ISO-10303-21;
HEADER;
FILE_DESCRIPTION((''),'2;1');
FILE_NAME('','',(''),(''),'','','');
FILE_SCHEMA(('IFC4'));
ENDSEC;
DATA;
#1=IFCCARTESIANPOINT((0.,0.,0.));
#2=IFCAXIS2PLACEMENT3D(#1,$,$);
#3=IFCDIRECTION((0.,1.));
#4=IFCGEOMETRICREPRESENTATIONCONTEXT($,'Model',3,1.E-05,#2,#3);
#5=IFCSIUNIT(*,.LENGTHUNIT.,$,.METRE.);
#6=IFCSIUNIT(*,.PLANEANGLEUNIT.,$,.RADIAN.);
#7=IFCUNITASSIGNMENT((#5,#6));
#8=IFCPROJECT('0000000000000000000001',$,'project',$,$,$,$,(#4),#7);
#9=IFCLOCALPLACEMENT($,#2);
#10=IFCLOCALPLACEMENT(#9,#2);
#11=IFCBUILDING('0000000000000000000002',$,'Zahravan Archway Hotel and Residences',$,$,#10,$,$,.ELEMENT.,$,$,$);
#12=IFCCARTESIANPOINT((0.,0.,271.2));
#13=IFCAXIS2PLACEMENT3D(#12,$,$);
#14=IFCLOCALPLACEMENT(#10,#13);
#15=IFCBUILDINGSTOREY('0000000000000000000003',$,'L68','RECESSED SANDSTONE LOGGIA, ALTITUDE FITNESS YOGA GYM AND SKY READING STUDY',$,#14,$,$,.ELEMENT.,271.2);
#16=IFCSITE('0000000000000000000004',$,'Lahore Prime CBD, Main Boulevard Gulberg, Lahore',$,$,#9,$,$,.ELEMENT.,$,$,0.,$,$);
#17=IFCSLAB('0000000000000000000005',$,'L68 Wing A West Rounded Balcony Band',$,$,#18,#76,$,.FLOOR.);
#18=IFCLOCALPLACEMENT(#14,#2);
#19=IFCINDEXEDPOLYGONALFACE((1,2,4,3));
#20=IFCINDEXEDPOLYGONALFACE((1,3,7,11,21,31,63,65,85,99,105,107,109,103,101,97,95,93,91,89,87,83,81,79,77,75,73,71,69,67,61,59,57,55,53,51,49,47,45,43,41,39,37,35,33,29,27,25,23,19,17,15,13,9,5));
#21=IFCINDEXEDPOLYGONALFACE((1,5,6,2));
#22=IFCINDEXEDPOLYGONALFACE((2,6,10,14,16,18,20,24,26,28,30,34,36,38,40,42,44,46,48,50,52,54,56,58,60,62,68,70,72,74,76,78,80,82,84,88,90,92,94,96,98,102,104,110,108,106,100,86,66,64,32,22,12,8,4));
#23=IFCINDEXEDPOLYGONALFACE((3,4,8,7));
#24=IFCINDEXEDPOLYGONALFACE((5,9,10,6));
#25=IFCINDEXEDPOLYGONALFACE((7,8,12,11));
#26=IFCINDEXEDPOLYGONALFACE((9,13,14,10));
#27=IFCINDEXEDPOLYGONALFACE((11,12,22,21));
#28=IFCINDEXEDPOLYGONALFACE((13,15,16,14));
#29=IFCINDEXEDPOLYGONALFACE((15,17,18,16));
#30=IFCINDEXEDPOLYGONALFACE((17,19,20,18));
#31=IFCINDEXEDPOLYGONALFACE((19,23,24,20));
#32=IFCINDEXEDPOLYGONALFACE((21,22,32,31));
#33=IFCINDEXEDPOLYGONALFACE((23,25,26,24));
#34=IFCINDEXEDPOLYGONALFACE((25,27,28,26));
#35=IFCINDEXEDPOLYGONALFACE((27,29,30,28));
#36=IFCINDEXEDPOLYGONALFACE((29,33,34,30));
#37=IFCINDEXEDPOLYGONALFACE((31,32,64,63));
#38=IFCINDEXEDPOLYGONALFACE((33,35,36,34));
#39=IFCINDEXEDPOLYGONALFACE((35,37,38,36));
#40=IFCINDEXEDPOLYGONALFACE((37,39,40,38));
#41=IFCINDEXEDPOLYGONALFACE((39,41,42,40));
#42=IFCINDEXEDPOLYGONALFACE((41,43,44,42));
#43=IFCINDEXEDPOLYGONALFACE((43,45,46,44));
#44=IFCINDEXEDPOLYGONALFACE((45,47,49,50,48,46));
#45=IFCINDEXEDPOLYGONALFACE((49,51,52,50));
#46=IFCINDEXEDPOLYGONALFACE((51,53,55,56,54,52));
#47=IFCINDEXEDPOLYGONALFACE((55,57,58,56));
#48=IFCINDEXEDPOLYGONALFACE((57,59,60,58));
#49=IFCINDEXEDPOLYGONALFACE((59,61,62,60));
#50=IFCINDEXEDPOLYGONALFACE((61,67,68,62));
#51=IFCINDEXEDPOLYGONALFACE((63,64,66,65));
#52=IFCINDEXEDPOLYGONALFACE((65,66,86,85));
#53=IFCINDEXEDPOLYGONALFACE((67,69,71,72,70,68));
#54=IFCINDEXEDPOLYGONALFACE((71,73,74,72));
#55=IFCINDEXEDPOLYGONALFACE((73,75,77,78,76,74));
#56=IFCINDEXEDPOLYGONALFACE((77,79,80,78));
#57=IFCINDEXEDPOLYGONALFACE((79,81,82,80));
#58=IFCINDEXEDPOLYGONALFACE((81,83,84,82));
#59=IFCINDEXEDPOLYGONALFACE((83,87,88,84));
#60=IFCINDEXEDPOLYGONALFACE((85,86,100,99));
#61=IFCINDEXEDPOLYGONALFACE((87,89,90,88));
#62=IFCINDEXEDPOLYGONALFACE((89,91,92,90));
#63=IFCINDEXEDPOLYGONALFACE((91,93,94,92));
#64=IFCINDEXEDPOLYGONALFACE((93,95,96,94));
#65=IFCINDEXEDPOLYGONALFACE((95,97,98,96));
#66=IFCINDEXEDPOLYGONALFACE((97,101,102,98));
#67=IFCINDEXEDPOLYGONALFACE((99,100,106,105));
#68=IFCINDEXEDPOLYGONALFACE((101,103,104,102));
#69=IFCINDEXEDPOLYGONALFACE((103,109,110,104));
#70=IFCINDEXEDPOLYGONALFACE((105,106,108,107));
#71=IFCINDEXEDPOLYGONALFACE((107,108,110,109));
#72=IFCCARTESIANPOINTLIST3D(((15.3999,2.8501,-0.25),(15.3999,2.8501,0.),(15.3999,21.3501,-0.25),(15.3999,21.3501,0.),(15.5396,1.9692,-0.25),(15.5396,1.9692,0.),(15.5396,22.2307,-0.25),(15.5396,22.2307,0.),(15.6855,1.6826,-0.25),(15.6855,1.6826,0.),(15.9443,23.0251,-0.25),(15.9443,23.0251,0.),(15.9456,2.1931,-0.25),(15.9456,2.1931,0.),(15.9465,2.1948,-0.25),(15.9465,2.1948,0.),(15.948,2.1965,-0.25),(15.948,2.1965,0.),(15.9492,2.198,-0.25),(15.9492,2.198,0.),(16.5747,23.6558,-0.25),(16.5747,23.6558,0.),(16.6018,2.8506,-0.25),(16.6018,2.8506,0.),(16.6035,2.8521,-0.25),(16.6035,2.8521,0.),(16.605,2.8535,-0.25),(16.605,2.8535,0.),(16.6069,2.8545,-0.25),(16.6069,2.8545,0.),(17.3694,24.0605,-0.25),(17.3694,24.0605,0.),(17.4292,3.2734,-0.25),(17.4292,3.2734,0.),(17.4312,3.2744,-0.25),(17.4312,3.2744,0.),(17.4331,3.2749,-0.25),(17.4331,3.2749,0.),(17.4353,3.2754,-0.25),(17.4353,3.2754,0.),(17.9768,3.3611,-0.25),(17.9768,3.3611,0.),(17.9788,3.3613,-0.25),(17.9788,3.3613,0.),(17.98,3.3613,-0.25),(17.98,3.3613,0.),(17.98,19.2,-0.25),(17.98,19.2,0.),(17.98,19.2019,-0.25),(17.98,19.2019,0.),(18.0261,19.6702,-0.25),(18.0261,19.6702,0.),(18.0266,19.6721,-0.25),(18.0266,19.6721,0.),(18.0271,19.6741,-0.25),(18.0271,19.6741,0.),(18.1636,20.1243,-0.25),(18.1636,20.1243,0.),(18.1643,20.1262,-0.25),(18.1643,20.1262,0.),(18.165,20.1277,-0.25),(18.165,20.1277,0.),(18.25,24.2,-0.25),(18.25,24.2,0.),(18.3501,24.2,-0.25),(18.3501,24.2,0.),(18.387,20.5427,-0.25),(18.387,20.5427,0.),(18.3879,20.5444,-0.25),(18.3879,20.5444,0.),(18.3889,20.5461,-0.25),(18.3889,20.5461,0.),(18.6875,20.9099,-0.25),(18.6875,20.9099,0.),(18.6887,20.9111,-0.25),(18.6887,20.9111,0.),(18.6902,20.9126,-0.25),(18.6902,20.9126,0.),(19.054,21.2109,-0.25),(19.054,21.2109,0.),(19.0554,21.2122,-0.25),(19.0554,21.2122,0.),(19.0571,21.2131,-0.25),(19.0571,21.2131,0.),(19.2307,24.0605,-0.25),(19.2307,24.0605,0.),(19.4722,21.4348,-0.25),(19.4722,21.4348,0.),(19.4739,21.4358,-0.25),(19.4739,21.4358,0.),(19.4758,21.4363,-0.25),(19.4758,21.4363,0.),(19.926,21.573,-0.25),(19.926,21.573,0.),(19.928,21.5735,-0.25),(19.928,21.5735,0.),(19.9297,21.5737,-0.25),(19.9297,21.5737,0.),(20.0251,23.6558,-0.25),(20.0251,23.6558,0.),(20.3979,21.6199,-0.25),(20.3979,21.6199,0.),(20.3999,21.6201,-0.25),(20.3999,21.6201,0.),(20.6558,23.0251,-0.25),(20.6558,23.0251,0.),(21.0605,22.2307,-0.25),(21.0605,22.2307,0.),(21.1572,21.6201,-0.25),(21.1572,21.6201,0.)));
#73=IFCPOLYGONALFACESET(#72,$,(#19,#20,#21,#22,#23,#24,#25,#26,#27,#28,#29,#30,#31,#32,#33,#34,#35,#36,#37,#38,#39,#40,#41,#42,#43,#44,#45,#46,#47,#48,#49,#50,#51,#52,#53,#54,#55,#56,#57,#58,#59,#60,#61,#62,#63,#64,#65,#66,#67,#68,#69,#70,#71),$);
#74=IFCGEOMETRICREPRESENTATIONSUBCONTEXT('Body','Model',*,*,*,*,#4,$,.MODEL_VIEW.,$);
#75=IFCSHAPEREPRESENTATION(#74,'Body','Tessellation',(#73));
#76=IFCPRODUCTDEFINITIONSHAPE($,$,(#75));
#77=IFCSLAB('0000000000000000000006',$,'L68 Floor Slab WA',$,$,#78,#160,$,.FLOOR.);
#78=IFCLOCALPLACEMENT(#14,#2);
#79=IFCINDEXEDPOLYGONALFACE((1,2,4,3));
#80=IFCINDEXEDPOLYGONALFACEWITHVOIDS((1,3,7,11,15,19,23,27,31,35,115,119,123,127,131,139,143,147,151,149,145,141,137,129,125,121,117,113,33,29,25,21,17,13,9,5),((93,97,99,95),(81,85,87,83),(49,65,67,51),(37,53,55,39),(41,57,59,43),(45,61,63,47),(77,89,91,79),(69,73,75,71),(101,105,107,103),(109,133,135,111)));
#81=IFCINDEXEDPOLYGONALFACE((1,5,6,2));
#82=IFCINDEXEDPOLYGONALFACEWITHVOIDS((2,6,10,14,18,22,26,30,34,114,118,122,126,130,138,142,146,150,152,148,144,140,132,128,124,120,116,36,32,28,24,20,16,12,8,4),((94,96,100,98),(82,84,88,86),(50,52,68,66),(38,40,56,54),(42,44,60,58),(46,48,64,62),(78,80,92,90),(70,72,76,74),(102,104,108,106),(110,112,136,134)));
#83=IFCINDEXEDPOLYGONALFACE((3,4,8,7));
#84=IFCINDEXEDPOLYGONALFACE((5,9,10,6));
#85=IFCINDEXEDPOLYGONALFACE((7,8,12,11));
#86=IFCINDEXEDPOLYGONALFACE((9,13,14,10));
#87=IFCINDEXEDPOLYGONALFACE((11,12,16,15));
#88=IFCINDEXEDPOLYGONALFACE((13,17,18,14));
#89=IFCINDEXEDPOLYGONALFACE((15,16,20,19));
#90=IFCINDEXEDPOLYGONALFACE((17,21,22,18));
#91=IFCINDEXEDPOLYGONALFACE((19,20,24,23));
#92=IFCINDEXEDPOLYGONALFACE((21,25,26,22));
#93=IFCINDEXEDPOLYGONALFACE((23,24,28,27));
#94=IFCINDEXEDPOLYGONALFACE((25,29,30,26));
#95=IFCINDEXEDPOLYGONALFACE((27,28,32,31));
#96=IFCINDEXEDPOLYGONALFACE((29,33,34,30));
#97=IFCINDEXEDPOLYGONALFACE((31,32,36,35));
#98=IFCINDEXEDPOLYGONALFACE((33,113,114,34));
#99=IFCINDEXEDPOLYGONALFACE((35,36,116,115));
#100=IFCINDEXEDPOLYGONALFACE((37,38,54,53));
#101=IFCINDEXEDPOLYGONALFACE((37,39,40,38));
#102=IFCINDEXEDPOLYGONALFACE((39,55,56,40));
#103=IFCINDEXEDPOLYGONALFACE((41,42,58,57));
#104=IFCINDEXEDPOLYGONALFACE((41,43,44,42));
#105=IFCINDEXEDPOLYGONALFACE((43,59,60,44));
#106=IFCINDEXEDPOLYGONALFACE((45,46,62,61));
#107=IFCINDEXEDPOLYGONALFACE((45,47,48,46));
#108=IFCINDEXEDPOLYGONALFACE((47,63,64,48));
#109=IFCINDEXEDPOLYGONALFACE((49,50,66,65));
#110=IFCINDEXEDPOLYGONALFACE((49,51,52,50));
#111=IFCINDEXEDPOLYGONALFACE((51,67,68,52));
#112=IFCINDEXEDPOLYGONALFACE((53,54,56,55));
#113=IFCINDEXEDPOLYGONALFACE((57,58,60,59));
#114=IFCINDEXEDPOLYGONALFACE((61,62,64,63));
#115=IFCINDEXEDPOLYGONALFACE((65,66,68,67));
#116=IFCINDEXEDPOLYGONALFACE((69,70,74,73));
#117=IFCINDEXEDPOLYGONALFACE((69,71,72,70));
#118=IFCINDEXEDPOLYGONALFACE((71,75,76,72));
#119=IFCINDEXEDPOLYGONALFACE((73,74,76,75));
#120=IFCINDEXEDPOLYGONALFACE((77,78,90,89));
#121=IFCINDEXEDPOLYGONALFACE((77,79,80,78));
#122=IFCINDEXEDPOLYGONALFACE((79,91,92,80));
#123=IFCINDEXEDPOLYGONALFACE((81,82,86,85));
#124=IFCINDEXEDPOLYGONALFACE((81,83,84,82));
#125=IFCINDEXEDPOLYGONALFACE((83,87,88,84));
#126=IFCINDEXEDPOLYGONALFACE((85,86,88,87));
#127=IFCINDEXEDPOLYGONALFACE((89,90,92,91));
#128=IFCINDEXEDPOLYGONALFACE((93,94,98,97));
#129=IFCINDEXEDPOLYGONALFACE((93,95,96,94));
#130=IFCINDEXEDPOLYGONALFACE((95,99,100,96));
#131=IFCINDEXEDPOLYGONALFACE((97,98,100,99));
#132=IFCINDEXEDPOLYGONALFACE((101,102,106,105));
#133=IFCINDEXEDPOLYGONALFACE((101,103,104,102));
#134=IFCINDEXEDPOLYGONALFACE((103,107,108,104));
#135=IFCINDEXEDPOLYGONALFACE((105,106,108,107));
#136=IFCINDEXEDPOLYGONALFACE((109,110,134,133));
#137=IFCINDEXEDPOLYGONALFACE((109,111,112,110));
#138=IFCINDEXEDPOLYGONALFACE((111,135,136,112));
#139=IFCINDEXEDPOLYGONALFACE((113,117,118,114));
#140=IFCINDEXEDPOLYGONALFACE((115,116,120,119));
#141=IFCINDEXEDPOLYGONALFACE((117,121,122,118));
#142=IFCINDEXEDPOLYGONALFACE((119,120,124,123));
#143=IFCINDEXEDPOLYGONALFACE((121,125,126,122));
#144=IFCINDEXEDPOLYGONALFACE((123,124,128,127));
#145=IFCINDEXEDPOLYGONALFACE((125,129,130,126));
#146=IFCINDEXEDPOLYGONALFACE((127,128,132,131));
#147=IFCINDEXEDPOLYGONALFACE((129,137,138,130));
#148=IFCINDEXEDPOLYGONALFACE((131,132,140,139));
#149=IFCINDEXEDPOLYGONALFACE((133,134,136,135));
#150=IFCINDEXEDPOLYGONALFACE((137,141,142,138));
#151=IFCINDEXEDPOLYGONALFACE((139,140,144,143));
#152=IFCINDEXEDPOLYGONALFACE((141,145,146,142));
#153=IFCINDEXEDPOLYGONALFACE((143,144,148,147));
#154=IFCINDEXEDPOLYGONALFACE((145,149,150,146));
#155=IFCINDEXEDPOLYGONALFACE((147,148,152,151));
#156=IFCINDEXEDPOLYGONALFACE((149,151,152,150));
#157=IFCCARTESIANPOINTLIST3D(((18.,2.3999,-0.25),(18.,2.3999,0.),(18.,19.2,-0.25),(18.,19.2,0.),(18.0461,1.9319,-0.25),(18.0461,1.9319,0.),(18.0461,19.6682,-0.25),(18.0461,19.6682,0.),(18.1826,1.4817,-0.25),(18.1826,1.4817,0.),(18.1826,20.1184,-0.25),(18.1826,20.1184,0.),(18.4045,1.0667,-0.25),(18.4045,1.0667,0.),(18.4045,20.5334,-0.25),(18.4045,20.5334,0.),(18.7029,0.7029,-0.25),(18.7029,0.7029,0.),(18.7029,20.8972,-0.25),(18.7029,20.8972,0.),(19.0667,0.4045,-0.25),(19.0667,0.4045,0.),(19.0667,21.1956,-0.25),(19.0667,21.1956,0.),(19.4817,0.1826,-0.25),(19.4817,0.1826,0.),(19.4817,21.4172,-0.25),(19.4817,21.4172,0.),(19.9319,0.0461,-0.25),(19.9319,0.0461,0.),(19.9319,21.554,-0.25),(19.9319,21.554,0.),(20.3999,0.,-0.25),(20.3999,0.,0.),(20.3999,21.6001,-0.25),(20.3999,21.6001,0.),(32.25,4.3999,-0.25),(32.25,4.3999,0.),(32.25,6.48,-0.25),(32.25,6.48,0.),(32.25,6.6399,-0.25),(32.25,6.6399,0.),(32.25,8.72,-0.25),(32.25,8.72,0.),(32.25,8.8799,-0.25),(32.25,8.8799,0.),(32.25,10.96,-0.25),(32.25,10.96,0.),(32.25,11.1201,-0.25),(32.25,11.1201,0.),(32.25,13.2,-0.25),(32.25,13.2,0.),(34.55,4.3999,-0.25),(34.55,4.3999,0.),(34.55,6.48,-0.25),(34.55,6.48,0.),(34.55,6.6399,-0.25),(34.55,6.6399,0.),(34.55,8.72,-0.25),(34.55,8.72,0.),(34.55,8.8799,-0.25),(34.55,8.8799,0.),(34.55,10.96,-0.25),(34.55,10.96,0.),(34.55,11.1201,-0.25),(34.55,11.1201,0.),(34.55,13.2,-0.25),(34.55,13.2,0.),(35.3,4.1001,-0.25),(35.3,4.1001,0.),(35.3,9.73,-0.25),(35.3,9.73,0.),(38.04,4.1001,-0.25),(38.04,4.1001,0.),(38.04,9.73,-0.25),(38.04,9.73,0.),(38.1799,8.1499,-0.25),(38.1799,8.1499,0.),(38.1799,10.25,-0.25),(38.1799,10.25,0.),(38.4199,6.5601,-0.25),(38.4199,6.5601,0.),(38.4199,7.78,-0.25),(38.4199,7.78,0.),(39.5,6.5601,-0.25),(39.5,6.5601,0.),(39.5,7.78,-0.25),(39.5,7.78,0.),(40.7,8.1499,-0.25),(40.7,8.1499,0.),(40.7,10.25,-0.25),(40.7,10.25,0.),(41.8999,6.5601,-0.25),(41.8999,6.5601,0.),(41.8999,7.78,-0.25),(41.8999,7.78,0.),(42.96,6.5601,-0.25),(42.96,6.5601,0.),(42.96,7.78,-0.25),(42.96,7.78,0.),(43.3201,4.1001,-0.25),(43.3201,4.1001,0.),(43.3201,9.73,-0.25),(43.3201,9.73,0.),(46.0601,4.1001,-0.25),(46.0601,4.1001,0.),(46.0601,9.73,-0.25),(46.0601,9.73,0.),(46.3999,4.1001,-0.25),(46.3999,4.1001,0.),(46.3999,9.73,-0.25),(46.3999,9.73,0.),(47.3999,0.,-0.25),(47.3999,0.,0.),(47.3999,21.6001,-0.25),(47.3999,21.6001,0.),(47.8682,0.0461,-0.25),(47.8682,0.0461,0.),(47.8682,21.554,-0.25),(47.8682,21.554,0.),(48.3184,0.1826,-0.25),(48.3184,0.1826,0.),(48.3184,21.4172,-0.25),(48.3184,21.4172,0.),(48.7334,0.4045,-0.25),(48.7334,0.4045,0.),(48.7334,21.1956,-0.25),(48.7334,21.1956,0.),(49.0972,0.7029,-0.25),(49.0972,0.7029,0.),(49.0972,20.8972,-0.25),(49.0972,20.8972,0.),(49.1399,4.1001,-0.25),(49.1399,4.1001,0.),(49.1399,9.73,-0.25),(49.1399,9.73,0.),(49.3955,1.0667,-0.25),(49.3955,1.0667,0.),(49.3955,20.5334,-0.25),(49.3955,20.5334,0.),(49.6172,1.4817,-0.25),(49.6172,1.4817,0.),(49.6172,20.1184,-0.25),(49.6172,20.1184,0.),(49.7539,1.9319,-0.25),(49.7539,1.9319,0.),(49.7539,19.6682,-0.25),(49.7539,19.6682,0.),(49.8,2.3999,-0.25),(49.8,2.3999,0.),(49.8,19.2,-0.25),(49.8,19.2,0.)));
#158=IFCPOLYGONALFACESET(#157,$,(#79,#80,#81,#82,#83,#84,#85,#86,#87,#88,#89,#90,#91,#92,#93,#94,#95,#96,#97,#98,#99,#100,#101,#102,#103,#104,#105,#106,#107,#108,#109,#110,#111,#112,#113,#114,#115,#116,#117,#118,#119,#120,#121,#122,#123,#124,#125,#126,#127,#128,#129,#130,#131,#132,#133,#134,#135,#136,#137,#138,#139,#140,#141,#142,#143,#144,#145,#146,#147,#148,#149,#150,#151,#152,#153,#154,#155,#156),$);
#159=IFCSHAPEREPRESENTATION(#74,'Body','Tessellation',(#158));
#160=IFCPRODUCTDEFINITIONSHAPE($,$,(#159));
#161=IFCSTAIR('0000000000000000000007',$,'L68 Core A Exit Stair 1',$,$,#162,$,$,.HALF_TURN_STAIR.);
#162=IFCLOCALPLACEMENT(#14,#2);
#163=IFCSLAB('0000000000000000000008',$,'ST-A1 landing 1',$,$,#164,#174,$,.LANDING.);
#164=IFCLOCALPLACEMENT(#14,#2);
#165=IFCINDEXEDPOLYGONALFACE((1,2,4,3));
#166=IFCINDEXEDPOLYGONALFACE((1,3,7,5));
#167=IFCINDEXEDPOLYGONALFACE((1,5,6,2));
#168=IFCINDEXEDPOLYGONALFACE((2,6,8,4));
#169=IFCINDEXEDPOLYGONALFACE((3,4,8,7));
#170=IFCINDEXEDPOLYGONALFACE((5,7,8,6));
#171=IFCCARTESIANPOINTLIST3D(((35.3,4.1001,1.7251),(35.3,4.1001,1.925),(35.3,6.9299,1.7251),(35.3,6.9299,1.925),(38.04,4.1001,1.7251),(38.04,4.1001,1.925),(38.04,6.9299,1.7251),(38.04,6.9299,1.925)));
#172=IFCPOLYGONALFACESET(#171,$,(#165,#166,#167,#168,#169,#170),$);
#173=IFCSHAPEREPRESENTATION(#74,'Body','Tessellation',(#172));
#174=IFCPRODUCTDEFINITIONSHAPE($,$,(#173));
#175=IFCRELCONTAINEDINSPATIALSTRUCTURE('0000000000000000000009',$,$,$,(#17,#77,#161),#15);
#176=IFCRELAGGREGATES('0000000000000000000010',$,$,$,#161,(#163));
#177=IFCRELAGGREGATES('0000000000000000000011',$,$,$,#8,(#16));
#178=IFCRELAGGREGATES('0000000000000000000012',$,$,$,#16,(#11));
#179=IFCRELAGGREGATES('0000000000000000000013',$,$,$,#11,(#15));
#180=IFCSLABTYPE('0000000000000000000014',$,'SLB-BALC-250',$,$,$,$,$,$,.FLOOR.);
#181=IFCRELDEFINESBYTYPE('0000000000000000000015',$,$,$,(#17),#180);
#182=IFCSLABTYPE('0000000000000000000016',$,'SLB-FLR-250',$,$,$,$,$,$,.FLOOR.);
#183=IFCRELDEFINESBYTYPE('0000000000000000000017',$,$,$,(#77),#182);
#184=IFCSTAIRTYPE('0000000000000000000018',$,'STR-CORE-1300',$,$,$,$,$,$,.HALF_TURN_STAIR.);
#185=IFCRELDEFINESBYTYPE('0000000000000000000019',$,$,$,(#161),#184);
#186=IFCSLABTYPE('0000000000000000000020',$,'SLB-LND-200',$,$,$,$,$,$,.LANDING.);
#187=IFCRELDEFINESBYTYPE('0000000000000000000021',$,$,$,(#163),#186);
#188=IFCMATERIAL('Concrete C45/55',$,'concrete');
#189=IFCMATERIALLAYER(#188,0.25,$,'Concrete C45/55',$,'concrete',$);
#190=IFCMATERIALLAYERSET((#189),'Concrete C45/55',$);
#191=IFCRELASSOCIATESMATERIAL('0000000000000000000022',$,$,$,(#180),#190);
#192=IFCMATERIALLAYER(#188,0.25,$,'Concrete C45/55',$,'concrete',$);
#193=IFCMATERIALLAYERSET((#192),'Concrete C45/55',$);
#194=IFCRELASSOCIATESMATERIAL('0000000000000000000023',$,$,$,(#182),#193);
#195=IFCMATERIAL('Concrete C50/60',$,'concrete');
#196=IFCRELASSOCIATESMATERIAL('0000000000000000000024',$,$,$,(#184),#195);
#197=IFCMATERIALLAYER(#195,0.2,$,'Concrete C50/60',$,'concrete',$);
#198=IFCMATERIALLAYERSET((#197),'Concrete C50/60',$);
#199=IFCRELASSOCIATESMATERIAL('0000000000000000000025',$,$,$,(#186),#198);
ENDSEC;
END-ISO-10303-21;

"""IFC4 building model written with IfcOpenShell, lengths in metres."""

from ifc_helpers import new_model, si_unit, direction, frame, origin, place, context, subcontext, project, spatial, polyline, outline, extrude, material, layer, layer_set, type_object, element, aggregate, save


model = new_model("IFC4")

# Units and contexts
model_context = context("Model", 3, precision=1e-05, world=origin(), true_north=direction((0.0, 1.0)))
body_context = subcontext(model_context, "Body", "Model", "MODEL_VIEW")
ifc_project = project(units=[si_unit("LENGTHUNIT", "METRE"), si_unit("PLANEANGLEUNIT", "RADIAN")], contexts=[model_context])

# Site, building, storey
site_placement = place(None, origin())
site = spatial("IfcSite", under=ifc_project, at=site_placement, Name="Lahore Prime CBD, Main Boulevard Gulberg, Lahore", CompositionType="ELEMENT", RefElevation=0.0)
building_placement = place(site_placement, origin())
building = spatial("IfcBuilding", under=site, at=building_placement, Name="Zahravan Archway Hotel and Residences", CompositionType="ELEMENT")
storey_placement = place(building_placement, frame((0.0, 0.0, 271.2)))
storey = spatial("IfcBuildingStorey", under=building, at=storey_placement, Name="L68", Description="RECESSED SANDSTONE LOGGIA, ALTITUDE FITNESS YOGA GYM AND SKY READING STUDY", CompositionType="ELEMENT", Elevation=271.2)

# Slabs
ifc_material_1 = material(Name="Concrete C45/55", Category="concrete")
ifc_layer_1 = layer(ifc_material_1, 0.25, Name="Concrete C45/55", Category="concrete")
ifc_layer_set_1 = layer_set([ifc_layer_1], Name="Concrete C45/55")
slab_type_1 = type_object("IfcSlabType", Name="SLB-BALC-250", PredefinedType="FLOOR", material=ifc_layer_set_1)
slab_1_placement = place(storey_placement, frame((0.0, 0.0, -0.25)))
element("IfcSlab", 1, at=slab_1_placement, inside=storey, type_object=slab_type_1, Name="L68 Wing A West Rounded Balcony Band", PredefinedType="FLOOR", context=body_context, shape_type="SweptSolid", body=[
    extrude(outline(polyline([(15.5396, 1.9692), (15.3999, 2.8501), (15.3999, 21.3501), (15.5396, 22.2307), (15.9443, 23.0251), (16.5747, 23.6558), (17.3694, 24.0605), (18.25, 24.2), (18.3501, 24.2), (19.2307, 24.0605), (20.0251, 23.6558), (20.6558, 23.0251), (21.0605, 22.2307), (21.1572, 21.6201), (20.3999, 21.6201), (20.3979, 21.6199), (19.9297, 21.5737), (19.928, 21.5735), (19.926, 21.573), (19.4758, 21.4363), (19.4739, 21.4358), (19.4722, 21.4348), (19.0571, 21.2131), (19.0554, 21.2122), (19.054, 21.2109), (18.6902, 20.9126), (18.6887, 20.9111), (18.6875, 20.9099), (18.3889, 20.5461), (18.3879, 20.5444), (18.387, 20.5427), (18.165, 20.1277), (18.1643, 20.1262), (18.1636, 20.1243), (18.0271, 19.6741), (18.0266, 19.6721), (18.0261, 19.6702), (17.98, 19.2019), (17.98, 19.2), (17.98, 3.3613), (17.9788, 3.3613), (17.9768, 3.3611), (17.4353, 3.2754), (17.4331, 3.2749), (17.4312, 3.2744), (17.4292, 3.2734), (16.6069, 2.8545), (16.605, 2.8535), (16.6035, 2.8521), (16.6018, 2.8506), (15.9492, 2.198), (15.948, 2.1965), (15.9465, 2.1948), (15.9456, 2.1931), (15.6855, 1.6826), (15.5396, 1.9692)])), origin(), (0.0, 0.0, 1.0), 0.25),
])
ifc_layer_2 = layer(ifc_material_1, 0.25, Name="Concrete C45/55", Category="concrete")
ifc_layer_set_2 = layer_set([ifc_layer_2], Name="Concrete C45/55")
slab_type_2 = type_object("IfcSlabType", Name="SLB-FLR-250", PredefinedType="FLOOR", material=ifc_layer_set_2)
slab_2_placement = place(storey_placement, frame((0.0, 0.0, -0.25)))
element("IfcSlab", 2, at=slab_2_placement, inside=storey, type_object=slab_type_2, Name="L68 Floor Slab WA", PredefinedType="FLOOR", context=body_context, shape_type="SweptSolid", body=[
    extrude(outline(polyline([(47.3999, 0.0), (47.8682, 0.0461), (48.3184, 0.1826), (48.7334, 0.4045), (49.0972, 0.7029), (49.3955, 1.0667), (49.6172, 1.4817), (49.7539, 1.9319), (49.8, 2.3999), (49.8, 19.2), (49.7539, 19.6682), (49.6172, 20.1184), (49.3955, 20.5334), (49.0972, 20.8972), (48.7334, 21.1956), (48.3184, 21.4172), (47.8682, 21.554), (47.3999, 21.6001), (20.3999, 21.6001), (19.9319, 21.554), (19.4817, 21.4172), (19.0667, 21.1956), (18.7029, 20.8972), (18.4045, 20.5334), (18.1826, 20.1184), (18.0461, 19.6682), (18.0, 19.2), (18.0, 2.3999), (18.0461, 1.9319), (18.1826, 1.4817), (18.4045, 1.0667), (18.7029, 0.7029), (19.0667, 0.4045), (19.4817, 0.1826), (19.9319, 0.0461), (20.3999, 0.0), (47.3999, 0.0)]), holes=[polyline([(35.3, 9.73), (35.3, 4.1001), (38.04, 4.1001), (38.04, 9.73), (35.3, 9.73)]), polyline([(43.3201, 9.73), (43.3201, 4.1001), (46.0601, 4.1001), (46.0601, 9.73), (43.3201, 9.73)]), polyline([(46.3999, 9.73), (46.3999, 4.1001), (49.1399, 4.1001), (49.1399, 9.73), (46.3999, 9.73)]), polyline([(38.1799, 8.1499), (40.7, 8.1499), (40.7, 10.25), (38.1799, 10.25), (38.1799, 8.1499)]), polyline([(32.25, 4.3999), (34.55, 4.3999), (34.55, 6.48), (32.25, 6.48), (32.25, 4.3999)]), polyline([(32.25, 6.6399), (34.55, 6.6399), (34.55, 8.72), (32.25, 8.72), (32.25, 6.6399)]), polyline([(32.25, 8.8799), (34.55, 8.8799), (34.55, 10.96), (32.25, 10.96), (32.25, 8.8799)]), polyline([(32.25, 11.1201), (34.55, 11.1201), (34.55, 13.2), (32.25, 13.2), (32.25, 11.1201)]), polyline([(38.4199, 6.5601), (39.5, 6.5601), (39.5, 7.78), (38.4199, 7.78), (38.4199, 6.5601)]), polyline([(41.8999, 6.5601), (42.96, 6.5601), (42.96, 7.78), (41.8999, 7.78), (41.8999, 6.5601)])]), origin(), (0.0, 0.0, 1.0), 0.25),
])

# Stair, slab
ifc_material_2 = material(Name="Concrete C50/60", Category="concrete")
stair_type = type_object("IfcStairType", Name="STR-CORE-1300", PredefinedType="HALF_TURN_STAIR", material=ifc_material_2)
stair_1_placement = place(storey_placement, origin())
stair_1 = element("IfcStair", 3, at=stair_1_placement, inside=storey, type_object=stair_type, Name="L68 Core A Exit Stair 1", PredefinedType="HALF_TURN_STAIR")
ifc_layer_3 = layer(ifc_material_2, 0.2, Name="Concrete C50/60", Category="concrete")
ifc_layer_set_3 = layer_set([ifc_layer_3], Name="Concrete C50/60")
slab_type_3 = type_object("IfcSlabType", Name="SLB-LND-200", PredefinedType="LANDING", material=ifc_layer_set_3)
slab_3_placement = place(storey_placement, frame((0.0, 0.0, 1.7251)))
slab_3 = element("IfcSlab", 4, at=slab_3_placement, type_object=slab_type_3, Name="ST-A1 landing 1", PredefinedType="LANDING", context=body_context, shape_type="SweptSolid", body=[
    extrude(outline(polyline([(35.3, 6.9299), (35.3, 4.1001), (38.04, 4.1001), (38.04, 6.9299), (35.3, 6.9299)])), origin(), (0.0, 0.0, 1.0), 0.2),
])
aggregate(stair_1, [slab_3])

save(model, "model.ifc")
